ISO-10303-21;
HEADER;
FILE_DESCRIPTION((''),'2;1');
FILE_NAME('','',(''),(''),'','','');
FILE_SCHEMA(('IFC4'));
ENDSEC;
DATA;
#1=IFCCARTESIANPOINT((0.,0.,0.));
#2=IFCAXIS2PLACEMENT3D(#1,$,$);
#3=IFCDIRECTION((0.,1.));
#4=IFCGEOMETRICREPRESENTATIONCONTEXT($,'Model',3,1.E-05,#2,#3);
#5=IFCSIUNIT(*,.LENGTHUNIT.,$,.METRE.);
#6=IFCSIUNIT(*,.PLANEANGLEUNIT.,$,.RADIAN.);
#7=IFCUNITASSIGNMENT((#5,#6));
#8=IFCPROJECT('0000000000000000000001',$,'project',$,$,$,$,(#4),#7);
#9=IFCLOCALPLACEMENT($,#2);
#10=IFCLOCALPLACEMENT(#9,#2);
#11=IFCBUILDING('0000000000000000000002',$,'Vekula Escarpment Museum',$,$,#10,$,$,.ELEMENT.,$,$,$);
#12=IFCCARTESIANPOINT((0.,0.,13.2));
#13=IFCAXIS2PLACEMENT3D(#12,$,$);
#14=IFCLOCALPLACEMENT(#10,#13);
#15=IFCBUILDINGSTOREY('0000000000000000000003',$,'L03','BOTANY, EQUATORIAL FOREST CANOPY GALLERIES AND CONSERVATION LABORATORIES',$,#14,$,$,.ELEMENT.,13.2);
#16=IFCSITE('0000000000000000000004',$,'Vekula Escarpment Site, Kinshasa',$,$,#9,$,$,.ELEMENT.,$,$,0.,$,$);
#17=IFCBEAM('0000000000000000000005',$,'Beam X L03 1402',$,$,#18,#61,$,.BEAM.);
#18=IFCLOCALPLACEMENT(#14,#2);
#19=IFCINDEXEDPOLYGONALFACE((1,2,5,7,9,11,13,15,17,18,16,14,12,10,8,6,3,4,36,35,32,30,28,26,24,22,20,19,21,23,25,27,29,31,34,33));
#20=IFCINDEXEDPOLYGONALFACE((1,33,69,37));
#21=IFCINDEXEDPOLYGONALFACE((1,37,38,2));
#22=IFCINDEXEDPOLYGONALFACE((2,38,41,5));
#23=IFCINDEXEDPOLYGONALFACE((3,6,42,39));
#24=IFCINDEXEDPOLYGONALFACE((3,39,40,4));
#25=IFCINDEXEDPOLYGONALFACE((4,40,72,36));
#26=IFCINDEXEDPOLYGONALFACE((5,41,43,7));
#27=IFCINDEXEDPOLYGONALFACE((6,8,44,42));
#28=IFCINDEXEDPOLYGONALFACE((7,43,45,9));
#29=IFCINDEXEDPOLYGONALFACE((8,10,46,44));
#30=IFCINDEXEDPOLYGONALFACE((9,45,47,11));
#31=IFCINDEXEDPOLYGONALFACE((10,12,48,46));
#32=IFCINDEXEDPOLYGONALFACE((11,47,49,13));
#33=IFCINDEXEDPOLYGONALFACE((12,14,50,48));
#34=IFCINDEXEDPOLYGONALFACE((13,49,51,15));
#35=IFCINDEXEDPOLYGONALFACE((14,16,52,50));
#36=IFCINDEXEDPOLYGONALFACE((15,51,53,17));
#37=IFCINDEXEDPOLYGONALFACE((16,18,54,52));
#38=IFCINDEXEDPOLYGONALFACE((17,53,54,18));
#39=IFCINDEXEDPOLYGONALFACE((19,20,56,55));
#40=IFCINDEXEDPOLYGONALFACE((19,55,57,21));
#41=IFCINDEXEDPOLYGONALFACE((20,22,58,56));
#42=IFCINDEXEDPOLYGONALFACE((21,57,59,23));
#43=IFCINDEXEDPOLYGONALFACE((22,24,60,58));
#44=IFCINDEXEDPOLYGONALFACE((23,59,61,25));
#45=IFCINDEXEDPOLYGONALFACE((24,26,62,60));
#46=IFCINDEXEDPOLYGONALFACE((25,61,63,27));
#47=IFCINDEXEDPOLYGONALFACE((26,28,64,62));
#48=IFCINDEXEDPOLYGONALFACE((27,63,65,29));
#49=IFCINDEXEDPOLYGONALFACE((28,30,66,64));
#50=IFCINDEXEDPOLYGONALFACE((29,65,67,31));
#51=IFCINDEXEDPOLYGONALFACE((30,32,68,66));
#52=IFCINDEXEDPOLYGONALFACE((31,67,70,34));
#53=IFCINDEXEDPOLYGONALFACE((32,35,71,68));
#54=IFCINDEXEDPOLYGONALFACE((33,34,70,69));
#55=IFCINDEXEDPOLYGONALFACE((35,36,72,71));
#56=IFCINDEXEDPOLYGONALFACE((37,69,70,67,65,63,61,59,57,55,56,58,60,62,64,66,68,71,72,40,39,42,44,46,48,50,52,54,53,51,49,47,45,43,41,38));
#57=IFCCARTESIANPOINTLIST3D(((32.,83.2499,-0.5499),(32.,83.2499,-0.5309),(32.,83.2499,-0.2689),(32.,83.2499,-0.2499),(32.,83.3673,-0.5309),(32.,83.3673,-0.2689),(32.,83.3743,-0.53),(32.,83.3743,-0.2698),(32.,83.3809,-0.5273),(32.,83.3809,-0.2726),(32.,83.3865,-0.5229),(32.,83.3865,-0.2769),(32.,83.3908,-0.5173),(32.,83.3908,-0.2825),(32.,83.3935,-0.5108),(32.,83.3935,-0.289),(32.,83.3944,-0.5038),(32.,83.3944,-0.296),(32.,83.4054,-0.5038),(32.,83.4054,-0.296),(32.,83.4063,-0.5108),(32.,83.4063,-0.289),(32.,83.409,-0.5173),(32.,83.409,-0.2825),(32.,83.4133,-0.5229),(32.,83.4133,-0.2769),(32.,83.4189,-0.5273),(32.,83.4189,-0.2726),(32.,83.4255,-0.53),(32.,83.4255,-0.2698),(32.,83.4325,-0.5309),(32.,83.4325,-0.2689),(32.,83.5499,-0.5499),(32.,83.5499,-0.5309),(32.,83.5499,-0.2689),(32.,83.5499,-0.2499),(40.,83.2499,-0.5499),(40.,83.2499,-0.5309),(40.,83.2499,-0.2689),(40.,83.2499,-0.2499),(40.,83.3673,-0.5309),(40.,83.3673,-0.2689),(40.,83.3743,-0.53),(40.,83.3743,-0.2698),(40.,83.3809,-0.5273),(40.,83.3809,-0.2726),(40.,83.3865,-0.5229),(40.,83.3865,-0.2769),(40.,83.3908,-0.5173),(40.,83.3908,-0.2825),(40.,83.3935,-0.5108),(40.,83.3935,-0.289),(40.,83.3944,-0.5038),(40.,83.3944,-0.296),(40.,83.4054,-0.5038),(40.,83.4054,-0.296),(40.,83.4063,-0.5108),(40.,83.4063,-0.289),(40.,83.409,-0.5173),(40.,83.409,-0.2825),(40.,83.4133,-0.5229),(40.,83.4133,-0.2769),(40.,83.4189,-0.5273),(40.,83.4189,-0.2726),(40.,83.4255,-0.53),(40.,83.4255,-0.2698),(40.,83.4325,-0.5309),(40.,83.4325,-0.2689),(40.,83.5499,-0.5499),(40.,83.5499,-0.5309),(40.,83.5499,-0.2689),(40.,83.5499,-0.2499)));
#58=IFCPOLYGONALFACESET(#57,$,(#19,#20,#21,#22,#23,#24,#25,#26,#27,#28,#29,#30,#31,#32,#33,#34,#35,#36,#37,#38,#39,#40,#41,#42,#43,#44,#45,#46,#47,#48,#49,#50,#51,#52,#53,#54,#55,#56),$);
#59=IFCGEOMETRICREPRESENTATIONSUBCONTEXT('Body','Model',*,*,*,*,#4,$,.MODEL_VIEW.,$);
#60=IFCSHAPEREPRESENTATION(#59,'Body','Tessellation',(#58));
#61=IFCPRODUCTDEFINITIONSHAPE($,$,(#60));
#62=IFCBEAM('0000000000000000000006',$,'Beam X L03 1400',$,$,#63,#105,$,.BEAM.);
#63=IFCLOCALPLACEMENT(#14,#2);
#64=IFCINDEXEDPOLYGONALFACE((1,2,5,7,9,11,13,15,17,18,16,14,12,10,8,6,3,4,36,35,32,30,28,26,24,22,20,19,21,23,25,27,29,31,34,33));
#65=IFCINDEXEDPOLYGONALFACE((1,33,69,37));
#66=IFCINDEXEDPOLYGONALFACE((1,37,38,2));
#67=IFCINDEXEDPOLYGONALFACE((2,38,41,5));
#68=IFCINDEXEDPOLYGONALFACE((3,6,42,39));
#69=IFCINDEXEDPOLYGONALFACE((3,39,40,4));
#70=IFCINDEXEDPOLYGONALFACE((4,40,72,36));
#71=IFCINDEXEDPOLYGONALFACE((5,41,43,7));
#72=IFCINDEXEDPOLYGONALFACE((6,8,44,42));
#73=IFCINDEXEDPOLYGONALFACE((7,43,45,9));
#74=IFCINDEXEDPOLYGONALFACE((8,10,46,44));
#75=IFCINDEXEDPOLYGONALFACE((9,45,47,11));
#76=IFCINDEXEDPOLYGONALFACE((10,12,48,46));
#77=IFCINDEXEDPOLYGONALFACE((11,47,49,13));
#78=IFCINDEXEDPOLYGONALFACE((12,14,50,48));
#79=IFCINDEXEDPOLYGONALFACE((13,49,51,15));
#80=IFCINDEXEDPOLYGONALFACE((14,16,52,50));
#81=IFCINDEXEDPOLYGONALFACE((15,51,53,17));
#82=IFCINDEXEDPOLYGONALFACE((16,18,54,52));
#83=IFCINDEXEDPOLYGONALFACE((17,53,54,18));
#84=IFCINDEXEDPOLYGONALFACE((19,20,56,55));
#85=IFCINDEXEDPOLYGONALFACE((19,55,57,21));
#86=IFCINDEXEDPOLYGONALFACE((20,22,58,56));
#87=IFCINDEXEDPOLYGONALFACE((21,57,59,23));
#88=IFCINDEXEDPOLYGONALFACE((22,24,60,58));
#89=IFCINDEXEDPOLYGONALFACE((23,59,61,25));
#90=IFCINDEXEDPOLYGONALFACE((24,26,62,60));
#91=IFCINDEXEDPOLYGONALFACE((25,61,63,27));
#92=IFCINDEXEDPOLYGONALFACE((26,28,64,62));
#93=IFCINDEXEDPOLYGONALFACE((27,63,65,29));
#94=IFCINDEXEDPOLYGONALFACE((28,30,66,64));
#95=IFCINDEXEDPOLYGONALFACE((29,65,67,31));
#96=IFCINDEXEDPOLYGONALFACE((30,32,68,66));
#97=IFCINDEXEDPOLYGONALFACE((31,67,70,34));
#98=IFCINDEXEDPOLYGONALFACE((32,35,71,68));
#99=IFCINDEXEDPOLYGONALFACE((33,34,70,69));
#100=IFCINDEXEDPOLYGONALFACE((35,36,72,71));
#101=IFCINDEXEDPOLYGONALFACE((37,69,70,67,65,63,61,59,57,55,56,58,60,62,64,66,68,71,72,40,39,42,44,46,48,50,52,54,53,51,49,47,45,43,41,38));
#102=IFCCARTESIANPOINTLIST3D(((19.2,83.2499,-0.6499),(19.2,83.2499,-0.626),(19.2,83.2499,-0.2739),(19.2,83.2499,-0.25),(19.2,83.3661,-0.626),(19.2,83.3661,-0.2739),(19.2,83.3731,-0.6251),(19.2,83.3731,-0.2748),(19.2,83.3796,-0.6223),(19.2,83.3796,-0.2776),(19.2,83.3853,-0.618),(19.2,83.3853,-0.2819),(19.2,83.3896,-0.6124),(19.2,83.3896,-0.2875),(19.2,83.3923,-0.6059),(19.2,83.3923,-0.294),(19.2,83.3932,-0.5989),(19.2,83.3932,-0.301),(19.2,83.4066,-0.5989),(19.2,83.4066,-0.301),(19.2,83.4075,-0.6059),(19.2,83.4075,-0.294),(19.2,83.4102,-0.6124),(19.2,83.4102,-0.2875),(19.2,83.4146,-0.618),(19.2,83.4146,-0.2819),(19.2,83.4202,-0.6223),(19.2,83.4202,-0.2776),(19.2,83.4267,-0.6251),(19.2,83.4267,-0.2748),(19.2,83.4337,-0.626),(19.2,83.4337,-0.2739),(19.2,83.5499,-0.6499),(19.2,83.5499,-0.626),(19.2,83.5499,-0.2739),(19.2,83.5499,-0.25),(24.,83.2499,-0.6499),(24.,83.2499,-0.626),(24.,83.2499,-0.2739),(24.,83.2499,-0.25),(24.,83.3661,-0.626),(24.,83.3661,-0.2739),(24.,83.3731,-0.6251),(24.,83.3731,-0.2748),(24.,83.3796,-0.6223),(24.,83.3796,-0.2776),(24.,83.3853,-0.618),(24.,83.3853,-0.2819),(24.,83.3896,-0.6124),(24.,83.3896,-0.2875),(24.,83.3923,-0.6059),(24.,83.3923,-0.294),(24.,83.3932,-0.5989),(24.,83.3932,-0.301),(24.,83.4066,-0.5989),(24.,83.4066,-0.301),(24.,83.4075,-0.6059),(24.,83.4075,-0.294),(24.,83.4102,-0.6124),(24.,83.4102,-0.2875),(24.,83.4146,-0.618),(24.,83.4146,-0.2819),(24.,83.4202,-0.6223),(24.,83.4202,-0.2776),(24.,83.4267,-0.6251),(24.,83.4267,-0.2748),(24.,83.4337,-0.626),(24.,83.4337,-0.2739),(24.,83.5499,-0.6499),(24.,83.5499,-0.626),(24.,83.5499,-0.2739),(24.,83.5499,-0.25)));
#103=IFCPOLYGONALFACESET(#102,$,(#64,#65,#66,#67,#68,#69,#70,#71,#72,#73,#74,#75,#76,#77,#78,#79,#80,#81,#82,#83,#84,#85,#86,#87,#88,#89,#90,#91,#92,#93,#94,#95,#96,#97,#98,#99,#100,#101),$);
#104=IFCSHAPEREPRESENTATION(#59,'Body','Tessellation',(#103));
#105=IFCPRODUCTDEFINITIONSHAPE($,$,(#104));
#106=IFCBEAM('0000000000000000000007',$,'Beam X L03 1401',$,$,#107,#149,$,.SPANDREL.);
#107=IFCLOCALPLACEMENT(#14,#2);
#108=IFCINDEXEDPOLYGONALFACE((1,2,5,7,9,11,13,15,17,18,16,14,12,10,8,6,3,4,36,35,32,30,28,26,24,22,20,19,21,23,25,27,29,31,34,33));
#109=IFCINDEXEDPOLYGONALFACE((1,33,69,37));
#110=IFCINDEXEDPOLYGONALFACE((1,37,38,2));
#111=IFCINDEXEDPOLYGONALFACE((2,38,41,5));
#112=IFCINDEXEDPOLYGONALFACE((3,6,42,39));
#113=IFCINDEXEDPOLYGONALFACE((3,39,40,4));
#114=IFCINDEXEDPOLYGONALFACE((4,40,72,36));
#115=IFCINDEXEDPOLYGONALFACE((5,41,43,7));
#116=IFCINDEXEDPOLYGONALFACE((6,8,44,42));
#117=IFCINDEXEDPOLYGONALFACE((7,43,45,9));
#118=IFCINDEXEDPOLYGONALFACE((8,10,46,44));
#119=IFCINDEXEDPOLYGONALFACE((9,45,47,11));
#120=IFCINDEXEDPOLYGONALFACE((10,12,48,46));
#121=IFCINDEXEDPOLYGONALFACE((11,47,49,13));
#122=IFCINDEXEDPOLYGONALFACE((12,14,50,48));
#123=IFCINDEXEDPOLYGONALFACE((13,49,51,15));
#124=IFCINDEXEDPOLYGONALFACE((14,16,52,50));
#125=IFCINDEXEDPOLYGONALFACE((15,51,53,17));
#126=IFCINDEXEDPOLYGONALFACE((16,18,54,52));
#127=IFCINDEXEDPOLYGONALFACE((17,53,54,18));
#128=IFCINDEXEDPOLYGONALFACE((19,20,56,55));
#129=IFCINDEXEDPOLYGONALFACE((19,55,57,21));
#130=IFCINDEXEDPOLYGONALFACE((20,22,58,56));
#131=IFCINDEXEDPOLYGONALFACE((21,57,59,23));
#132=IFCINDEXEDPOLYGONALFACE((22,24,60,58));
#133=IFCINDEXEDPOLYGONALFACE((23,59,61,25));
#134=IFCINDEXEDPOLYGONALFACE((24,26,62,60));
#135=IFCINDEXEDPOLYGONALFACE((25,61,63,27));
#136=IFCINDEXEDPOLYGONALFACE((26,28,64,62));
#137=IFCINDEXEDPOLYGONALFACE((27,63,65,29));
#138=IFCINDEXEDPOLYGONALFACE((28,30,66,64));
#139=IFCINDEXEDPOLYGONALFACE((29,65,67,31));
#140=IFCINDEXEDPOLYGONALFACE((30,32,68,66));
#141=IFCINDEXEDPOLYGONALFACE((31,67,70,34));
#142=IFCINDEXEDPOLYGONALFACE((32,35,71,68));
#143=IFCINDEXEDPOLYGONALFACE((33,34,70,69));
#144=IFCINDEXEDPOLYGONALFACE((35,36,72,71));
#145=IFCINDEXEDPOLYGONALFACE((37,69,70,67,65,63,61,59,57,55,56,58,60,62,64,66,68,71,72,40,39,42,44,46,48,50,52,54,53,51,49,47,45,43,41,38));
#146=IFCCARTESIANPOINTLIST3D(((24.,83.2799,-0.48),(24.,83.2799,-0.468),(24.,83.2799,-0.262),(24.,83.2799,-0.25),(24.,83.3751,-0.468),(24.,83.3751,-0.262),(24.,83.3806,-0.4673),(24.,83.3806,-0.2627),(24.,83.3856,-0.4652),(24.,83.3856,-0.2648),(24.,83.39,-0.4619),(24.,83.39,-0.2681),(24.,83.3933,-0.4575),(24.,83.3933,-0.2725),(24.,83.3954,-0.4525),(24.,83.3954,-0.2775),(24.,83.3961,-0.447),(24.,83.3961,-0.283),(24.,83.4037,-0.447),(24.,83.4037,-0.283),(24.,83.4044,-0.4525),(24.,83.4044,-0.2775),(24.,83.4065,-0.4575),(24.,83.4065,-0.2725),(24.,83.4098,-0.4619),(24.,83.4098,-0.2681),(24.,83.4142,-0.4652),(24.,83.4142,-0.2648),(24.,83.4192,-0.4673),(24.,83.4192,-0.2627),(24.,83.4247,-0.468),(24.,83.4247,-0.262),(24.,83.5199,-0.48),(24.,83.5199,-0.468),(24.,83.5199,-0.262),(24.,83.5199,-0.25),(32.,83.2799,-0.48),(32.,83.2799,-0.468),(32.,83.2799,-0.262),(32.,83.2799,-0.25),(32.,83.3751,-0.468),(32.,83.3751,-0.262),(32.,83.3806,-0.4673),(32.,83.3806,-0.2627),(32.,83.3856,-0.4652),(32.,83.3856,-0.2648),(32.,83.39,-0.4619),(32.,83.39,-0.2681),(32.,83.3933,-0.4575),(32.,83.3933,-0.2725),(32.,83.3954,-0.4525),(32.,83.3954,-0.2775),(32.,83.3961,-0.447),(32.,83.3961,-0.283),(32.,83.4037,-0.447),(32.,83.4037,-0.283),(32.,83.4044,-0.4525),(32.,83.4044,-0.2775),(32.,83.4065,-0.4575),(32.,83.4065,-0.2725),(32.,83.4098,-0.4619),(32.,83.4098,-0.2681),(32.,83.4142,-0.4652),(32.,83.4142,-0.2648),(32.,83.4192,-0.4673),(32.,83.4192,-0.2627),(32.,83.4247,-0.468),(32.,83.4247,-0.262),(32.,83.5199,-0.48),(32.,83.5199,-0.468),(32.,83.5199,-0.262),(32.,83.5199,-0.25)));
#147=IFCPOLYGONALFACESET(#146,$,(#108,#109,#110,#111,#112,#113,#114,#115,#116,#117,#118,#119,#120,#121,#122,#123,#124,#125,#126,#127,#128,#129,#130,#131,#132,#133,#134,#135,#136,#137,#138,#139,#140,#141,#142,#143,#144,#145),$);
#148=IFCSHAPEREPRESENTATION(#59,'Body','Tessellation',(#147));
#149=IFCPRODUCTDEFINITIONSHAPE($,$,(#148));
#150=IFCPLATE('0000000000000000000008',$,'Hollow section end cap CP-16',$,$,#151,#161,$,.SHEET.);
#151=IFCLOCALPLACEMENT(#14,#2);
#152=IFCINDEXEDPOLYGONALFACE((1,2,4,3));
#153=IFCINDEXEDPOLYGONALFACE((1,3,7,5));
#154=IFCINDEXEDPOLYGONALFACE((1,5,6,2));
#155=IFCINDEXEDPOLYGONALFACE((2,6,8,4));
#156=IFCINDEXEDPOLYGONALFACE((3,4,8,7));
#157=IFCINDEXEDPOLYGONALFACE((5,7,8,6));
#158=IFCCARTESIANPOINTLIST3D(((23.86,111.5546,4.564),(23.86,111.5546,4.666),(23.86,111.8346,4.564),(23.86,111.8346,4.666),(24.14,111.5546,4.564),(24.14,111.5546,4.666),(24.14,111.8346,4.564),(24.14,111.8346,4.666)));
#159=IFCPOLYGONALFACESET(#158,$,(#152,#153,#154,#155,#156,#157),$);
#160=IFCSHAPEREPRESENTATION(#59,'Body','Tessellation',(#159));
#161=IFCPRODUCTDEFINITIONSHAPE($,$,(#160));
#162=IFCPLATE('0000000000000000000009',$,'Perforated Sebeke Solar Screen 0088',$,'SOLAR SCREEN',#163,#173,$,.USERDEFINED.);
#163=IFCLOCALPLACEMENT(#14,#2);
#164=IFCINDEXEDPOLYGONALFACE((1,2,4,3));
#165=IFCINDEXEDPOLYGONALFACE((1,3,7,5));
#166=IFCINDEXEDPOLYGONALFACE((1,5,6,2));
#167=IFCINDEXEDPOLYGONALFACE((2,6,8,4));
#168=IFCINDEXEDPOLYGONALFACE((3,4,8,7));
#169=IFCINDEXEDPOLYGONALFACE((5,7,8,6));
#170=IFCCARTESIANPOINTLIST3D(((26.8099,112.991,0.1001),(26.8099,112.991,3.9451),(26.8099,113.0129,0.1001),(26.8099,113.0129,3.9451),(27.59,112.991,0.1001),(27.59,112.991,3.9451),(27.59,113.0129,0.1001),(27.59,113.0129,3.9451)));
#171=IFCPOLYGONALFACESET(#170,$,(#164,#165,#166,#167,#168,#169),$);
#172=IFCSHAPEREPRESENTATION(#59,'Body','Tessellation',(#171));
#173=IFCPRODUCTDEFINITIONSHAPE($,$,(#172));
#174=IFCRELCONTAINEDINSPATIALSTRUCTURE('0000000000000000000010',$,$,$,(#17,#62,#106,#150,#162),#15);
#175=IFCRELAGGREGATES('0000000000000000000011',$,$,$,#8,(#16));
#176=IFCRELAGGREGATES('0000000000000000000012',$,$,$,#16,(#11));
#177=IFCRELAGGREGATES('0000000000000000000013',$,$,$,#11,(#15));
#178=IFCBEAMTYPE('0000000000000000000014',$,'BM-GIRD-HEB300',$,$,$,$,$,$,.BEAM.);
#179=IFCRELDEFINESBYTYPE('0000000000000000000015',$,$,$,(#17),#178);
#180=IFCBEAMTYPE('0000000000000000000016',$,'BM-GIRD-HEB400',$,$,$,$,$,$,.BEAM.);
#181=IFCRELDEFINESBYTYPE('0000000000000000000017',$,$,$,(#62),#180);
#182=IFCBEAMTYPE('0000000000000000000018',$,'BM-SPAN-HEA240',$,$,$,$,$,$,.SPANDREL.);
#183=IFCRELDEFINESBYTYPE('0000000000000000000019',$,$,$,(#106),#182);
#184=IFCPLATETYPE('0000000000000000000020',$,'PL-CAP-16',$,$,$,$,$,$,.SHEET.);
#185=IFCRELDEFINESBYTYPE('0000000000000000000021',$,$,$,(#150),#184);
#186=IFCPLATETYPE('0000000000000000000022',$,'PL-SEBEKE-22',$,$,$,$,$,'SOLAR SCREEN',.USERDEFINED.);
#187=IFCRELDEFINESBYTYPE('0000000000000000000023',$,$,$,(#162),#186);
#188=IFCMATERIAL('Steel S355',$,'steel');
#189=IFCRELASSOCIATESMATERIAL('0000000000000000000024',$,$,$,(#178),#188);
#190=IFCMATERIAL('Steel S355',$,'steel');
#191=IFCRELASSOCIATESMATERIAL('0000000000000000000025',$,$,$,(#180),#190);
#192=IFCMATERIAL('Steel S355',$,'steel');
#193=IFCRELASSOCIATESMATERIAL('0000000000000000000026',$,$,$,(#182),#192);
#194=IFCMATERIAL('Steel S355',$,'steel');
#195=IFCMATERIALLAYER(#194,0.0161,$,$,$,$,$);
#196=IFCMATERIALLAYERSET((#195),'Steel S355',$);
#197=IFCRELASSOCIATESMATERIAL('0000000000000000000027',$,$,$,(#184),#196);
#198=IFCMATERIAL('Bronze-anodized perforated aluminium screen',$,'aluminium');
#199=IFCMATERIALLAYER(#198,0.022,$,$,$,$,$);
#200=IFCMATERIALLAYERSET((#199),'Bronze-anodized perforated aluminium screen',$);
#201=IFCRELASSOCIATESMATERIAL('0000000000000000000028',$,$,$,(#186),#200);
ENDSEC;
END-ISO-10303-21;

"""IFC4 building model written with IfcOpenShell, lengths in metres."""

from ifc_helpers import new_model, si_unit, direction, frame, origin, origin_2d, place, context, subcontext, project, spatial, rectangle, i_section, extrude, material, layer, layer_set, material_profile, profile_set, type_object, element, save


model = new_model("IFC4")

# Units and contexts
model_context = context("Model", 3, precision=1e-05, world=origin(), true_north=direction((0.0, 1.0)))
body_context = subcontext(model_context, "Body", "Model", "MODEL_VIEW")
ifc_project = project(units=[si_unit("LENGTHUNIT", "METRE"), si_unit("PLANEANGLEUNIT", "RADIAN")], contexts=[model_context])

# Site, building, storey
site_placement = place(None, origin())
site = spatial("IfcSite", under=ifc_project, at=site_placement, Name="Vekula Escarpment Site, Kinshasa", CompositionType="ELEMENT", RefElevation=0.0)
building_placement = place(site_placement, origin())
building = spatial("IfcBuilding", under=site, at=building_placement, Name="Vekula Escarpment Museum", CompositionType="ELEMENT")
storey_placement = place(building_placement, frame((0.0, 0.0, 13.2)))
storey = spatial("IfcBuildingStorey", under=building, at=storey_placement, Name="L03", Description="BOTANY, EQUATORIAL FOREST CANOPY GALLERIES AND CONSERVATION LABORATORIES", CompositionType="ELEMENT", Elevation=13.2)

# Beams
ifc_material_1 = material(Name="Steel S355", Category="steel")
ifc_material_profile_1 = material_profile(ifc_material_1, i_section(OverallWidth=0.3, OverallDepth=0.3, WebThickness=0.011, FlangeThickness=0.019, FilletRadius=0.0271, at=origin_2d()), Name="HEB 300")
ifc_profile_set_1 = profile_set([ifc_material_profile_1], Name="Steel S355")
beam_type_1 = type_object("IfcBeamType", Name="BM-GIRD-HEB300", PredefinedType="BEAM", material=ifc_profile_set_1)
beam_1_placement = place(storey_placement, frame((32.0, 83.3999, -0.3999), z_axis=(1.0, 0.0, 0.0), x_axis=(0.0, 1.0, 0.0)))
element("IfcBeam", 1, at=beam_1_placement, inside=storey, type_object=beam_type_1, Name="Beam X L03 1402", PredefinedType="BEAM", context=body_context, shape_type="SweptSolid", body=[
    extrude(i_section(OverallWidth=0.3, OverallDepth=0.3, WebThickness=0.011, FlangeThickness=0.019, FilletRadius=0.0271, at=origin_2d()), origin(), (0.0, 0.0, 1.0), 8.0),
])
ifc_material_2 = material(Name="Steel S355", Category="steel")
ifc_material_profile_2 = material_profile(ifc_material_2, i_section(OverallWidth=0.3, OverallDepth=0.3999, WebThickness=0.0134, FlangeThickness=0.0239, FilletRadius=0.0271, at=origin_2d()), Name="HEB 400")
ifc_profile_set_2 = profile_set([ifc_material_profile_2], Name="Steel S355")
beam_type_2 = type_object("IfcBeamType", Name="BM-GIRD-HEB400", PredefinedType="BEAM", material=ifc_profile_set_2)
beam_2_placement = place(storey_placement, frame((19.2, 83.3999, -0.45), z_axis=(1.0, 0.0, 0.0), x_axis=(0.0, 1.0, 0.0)))
element("IfcBeam", 2, at=beam_2_placement, inside=storey, type_object=beam_type_2, Name="Beam X L03 1400", PredefinedType="BEAM", context=body_context, shape_type="SweptSolid", body=[
    extrude(i_section(OverallWidth=0.3, OverallDepth=0.3999, WebThickness=0.0134, FlangeThickness=0.0239, FilletRadius=0.0271, at=origin_2d()), origin(), (0.0, 0.0, 1.0), 4.8),
])
ifc_material_3 = material(Name="Steel S355", Category="steel")
ifc_material_profile_3 = material_profile(ifc_material_3, i_section(OverallWidth=0.24, OverallDepth=0.23, WebThickness=0.0076, FlangeThickness=0.012, FilletRadius=0.021, at=origin_2d()), Name="HEA 240")
ifc_profile_set_3 = profile_set([ifc_material_profile_3], Name="Steel S355")
beam_type_3 = type_object("IfcBeamType", Name="BM-SPAN-HEA240", PredefinedType="SPANDREL", material=ifc_profile_set_3)
beam_3_placement = place(storey_placement, frame((24.0, 83.3999, -0.365), z_axis=(1.0, 0.0, 0.0), x_axis=(0.0, 1.0, 0.0)))
element("IfcBeam", 3, at=beam_3_placement, inside=storey, type_object=beam_type_3, Name="Beam X L03 1401", PredefinedType="SPANDREL", context=body_context, shape_type="SweptSolid", body=[
    extrude(i_section(OverallWidth=0.24, OverallDepth=0.23, WebThickness=0.0076, FlangeThickness=0.012, FilletRadius=0.021, at=origin_2d()), origin(), (0.0, 0.0, 1.0), 8.0),
])

# Plates
ifc_material_4 = material(Name="Steel S355", Category="steel")
ifc_layer_1 = layer(ifc_material_4, 0.0161)
ifc_layer_set_1 = layer_set([ifc_layer_1], Name="Steel S355")
plate_type_1 = type_object("IfcPlateType", Name="PL-CAP-16", PredefinedType="SHEET", material=ifc_layer_set_1)
plate_1_placement = place(storey_placement, frame((24.0, 111.6946, 4.564), z_axis=(0.0, 0.0, 1.0), x_axis=(1.0, 0.0, 0.0)))
element("IfcPlate", 4, at=plate_1_placement, inside=storey, type_object=plate_type_1, Name="Hollow section end cap CP-16", PredefinedType="SHEET", context=body_context, shape_type="SweptSolid", body=[
    extrude(rectangle(XDim=0.28, YDim=0.28, at=origin_2d()), origin(), (0.0, 0.0, 1.0), 0.1021),
])
ifc_material_5 = material(Name="Bronze-anodized perforated aluminium screen", Category="aluminium")
ifc_layer_2 = layer(ifc_material_5, 0.022)
ifc_layer_set_2 = layer_set([ifc_layer_2], Name="Bronze-anodized perforated aluminium screen")
plate_type_2 = type_object("IfcPlateType", Name="PL-SEBEKE-22", ElementType="SOLAR SCREEN", PredefinedType="USERDEFINED", material=ifc_layer_set_2)
plate_2_placement = place(storey_placement, frame((27.2, 113.002, 0.1001), z_axis=(0.0, 0.0, 1.0), x_axis=(1.0, 0.0, 0.0)))
element("IfcPlate", 5, at=plate_2_placement, inside=storey, type_object=plate_type_2, Name="Perforated Sebeke Solar Screen 0088", ObjectType="SOLAR SCREEN", PredefinedType="USERDEFINED", context=body_context, shape_type="SweptSolid", body=[
    extrude(rectangle(XDim=0.78, YDim=0.022, at=origin_2d()), origin(), (0.0, 0.0, 1.0), 3.845),
])

save(model, "model.ifc")
